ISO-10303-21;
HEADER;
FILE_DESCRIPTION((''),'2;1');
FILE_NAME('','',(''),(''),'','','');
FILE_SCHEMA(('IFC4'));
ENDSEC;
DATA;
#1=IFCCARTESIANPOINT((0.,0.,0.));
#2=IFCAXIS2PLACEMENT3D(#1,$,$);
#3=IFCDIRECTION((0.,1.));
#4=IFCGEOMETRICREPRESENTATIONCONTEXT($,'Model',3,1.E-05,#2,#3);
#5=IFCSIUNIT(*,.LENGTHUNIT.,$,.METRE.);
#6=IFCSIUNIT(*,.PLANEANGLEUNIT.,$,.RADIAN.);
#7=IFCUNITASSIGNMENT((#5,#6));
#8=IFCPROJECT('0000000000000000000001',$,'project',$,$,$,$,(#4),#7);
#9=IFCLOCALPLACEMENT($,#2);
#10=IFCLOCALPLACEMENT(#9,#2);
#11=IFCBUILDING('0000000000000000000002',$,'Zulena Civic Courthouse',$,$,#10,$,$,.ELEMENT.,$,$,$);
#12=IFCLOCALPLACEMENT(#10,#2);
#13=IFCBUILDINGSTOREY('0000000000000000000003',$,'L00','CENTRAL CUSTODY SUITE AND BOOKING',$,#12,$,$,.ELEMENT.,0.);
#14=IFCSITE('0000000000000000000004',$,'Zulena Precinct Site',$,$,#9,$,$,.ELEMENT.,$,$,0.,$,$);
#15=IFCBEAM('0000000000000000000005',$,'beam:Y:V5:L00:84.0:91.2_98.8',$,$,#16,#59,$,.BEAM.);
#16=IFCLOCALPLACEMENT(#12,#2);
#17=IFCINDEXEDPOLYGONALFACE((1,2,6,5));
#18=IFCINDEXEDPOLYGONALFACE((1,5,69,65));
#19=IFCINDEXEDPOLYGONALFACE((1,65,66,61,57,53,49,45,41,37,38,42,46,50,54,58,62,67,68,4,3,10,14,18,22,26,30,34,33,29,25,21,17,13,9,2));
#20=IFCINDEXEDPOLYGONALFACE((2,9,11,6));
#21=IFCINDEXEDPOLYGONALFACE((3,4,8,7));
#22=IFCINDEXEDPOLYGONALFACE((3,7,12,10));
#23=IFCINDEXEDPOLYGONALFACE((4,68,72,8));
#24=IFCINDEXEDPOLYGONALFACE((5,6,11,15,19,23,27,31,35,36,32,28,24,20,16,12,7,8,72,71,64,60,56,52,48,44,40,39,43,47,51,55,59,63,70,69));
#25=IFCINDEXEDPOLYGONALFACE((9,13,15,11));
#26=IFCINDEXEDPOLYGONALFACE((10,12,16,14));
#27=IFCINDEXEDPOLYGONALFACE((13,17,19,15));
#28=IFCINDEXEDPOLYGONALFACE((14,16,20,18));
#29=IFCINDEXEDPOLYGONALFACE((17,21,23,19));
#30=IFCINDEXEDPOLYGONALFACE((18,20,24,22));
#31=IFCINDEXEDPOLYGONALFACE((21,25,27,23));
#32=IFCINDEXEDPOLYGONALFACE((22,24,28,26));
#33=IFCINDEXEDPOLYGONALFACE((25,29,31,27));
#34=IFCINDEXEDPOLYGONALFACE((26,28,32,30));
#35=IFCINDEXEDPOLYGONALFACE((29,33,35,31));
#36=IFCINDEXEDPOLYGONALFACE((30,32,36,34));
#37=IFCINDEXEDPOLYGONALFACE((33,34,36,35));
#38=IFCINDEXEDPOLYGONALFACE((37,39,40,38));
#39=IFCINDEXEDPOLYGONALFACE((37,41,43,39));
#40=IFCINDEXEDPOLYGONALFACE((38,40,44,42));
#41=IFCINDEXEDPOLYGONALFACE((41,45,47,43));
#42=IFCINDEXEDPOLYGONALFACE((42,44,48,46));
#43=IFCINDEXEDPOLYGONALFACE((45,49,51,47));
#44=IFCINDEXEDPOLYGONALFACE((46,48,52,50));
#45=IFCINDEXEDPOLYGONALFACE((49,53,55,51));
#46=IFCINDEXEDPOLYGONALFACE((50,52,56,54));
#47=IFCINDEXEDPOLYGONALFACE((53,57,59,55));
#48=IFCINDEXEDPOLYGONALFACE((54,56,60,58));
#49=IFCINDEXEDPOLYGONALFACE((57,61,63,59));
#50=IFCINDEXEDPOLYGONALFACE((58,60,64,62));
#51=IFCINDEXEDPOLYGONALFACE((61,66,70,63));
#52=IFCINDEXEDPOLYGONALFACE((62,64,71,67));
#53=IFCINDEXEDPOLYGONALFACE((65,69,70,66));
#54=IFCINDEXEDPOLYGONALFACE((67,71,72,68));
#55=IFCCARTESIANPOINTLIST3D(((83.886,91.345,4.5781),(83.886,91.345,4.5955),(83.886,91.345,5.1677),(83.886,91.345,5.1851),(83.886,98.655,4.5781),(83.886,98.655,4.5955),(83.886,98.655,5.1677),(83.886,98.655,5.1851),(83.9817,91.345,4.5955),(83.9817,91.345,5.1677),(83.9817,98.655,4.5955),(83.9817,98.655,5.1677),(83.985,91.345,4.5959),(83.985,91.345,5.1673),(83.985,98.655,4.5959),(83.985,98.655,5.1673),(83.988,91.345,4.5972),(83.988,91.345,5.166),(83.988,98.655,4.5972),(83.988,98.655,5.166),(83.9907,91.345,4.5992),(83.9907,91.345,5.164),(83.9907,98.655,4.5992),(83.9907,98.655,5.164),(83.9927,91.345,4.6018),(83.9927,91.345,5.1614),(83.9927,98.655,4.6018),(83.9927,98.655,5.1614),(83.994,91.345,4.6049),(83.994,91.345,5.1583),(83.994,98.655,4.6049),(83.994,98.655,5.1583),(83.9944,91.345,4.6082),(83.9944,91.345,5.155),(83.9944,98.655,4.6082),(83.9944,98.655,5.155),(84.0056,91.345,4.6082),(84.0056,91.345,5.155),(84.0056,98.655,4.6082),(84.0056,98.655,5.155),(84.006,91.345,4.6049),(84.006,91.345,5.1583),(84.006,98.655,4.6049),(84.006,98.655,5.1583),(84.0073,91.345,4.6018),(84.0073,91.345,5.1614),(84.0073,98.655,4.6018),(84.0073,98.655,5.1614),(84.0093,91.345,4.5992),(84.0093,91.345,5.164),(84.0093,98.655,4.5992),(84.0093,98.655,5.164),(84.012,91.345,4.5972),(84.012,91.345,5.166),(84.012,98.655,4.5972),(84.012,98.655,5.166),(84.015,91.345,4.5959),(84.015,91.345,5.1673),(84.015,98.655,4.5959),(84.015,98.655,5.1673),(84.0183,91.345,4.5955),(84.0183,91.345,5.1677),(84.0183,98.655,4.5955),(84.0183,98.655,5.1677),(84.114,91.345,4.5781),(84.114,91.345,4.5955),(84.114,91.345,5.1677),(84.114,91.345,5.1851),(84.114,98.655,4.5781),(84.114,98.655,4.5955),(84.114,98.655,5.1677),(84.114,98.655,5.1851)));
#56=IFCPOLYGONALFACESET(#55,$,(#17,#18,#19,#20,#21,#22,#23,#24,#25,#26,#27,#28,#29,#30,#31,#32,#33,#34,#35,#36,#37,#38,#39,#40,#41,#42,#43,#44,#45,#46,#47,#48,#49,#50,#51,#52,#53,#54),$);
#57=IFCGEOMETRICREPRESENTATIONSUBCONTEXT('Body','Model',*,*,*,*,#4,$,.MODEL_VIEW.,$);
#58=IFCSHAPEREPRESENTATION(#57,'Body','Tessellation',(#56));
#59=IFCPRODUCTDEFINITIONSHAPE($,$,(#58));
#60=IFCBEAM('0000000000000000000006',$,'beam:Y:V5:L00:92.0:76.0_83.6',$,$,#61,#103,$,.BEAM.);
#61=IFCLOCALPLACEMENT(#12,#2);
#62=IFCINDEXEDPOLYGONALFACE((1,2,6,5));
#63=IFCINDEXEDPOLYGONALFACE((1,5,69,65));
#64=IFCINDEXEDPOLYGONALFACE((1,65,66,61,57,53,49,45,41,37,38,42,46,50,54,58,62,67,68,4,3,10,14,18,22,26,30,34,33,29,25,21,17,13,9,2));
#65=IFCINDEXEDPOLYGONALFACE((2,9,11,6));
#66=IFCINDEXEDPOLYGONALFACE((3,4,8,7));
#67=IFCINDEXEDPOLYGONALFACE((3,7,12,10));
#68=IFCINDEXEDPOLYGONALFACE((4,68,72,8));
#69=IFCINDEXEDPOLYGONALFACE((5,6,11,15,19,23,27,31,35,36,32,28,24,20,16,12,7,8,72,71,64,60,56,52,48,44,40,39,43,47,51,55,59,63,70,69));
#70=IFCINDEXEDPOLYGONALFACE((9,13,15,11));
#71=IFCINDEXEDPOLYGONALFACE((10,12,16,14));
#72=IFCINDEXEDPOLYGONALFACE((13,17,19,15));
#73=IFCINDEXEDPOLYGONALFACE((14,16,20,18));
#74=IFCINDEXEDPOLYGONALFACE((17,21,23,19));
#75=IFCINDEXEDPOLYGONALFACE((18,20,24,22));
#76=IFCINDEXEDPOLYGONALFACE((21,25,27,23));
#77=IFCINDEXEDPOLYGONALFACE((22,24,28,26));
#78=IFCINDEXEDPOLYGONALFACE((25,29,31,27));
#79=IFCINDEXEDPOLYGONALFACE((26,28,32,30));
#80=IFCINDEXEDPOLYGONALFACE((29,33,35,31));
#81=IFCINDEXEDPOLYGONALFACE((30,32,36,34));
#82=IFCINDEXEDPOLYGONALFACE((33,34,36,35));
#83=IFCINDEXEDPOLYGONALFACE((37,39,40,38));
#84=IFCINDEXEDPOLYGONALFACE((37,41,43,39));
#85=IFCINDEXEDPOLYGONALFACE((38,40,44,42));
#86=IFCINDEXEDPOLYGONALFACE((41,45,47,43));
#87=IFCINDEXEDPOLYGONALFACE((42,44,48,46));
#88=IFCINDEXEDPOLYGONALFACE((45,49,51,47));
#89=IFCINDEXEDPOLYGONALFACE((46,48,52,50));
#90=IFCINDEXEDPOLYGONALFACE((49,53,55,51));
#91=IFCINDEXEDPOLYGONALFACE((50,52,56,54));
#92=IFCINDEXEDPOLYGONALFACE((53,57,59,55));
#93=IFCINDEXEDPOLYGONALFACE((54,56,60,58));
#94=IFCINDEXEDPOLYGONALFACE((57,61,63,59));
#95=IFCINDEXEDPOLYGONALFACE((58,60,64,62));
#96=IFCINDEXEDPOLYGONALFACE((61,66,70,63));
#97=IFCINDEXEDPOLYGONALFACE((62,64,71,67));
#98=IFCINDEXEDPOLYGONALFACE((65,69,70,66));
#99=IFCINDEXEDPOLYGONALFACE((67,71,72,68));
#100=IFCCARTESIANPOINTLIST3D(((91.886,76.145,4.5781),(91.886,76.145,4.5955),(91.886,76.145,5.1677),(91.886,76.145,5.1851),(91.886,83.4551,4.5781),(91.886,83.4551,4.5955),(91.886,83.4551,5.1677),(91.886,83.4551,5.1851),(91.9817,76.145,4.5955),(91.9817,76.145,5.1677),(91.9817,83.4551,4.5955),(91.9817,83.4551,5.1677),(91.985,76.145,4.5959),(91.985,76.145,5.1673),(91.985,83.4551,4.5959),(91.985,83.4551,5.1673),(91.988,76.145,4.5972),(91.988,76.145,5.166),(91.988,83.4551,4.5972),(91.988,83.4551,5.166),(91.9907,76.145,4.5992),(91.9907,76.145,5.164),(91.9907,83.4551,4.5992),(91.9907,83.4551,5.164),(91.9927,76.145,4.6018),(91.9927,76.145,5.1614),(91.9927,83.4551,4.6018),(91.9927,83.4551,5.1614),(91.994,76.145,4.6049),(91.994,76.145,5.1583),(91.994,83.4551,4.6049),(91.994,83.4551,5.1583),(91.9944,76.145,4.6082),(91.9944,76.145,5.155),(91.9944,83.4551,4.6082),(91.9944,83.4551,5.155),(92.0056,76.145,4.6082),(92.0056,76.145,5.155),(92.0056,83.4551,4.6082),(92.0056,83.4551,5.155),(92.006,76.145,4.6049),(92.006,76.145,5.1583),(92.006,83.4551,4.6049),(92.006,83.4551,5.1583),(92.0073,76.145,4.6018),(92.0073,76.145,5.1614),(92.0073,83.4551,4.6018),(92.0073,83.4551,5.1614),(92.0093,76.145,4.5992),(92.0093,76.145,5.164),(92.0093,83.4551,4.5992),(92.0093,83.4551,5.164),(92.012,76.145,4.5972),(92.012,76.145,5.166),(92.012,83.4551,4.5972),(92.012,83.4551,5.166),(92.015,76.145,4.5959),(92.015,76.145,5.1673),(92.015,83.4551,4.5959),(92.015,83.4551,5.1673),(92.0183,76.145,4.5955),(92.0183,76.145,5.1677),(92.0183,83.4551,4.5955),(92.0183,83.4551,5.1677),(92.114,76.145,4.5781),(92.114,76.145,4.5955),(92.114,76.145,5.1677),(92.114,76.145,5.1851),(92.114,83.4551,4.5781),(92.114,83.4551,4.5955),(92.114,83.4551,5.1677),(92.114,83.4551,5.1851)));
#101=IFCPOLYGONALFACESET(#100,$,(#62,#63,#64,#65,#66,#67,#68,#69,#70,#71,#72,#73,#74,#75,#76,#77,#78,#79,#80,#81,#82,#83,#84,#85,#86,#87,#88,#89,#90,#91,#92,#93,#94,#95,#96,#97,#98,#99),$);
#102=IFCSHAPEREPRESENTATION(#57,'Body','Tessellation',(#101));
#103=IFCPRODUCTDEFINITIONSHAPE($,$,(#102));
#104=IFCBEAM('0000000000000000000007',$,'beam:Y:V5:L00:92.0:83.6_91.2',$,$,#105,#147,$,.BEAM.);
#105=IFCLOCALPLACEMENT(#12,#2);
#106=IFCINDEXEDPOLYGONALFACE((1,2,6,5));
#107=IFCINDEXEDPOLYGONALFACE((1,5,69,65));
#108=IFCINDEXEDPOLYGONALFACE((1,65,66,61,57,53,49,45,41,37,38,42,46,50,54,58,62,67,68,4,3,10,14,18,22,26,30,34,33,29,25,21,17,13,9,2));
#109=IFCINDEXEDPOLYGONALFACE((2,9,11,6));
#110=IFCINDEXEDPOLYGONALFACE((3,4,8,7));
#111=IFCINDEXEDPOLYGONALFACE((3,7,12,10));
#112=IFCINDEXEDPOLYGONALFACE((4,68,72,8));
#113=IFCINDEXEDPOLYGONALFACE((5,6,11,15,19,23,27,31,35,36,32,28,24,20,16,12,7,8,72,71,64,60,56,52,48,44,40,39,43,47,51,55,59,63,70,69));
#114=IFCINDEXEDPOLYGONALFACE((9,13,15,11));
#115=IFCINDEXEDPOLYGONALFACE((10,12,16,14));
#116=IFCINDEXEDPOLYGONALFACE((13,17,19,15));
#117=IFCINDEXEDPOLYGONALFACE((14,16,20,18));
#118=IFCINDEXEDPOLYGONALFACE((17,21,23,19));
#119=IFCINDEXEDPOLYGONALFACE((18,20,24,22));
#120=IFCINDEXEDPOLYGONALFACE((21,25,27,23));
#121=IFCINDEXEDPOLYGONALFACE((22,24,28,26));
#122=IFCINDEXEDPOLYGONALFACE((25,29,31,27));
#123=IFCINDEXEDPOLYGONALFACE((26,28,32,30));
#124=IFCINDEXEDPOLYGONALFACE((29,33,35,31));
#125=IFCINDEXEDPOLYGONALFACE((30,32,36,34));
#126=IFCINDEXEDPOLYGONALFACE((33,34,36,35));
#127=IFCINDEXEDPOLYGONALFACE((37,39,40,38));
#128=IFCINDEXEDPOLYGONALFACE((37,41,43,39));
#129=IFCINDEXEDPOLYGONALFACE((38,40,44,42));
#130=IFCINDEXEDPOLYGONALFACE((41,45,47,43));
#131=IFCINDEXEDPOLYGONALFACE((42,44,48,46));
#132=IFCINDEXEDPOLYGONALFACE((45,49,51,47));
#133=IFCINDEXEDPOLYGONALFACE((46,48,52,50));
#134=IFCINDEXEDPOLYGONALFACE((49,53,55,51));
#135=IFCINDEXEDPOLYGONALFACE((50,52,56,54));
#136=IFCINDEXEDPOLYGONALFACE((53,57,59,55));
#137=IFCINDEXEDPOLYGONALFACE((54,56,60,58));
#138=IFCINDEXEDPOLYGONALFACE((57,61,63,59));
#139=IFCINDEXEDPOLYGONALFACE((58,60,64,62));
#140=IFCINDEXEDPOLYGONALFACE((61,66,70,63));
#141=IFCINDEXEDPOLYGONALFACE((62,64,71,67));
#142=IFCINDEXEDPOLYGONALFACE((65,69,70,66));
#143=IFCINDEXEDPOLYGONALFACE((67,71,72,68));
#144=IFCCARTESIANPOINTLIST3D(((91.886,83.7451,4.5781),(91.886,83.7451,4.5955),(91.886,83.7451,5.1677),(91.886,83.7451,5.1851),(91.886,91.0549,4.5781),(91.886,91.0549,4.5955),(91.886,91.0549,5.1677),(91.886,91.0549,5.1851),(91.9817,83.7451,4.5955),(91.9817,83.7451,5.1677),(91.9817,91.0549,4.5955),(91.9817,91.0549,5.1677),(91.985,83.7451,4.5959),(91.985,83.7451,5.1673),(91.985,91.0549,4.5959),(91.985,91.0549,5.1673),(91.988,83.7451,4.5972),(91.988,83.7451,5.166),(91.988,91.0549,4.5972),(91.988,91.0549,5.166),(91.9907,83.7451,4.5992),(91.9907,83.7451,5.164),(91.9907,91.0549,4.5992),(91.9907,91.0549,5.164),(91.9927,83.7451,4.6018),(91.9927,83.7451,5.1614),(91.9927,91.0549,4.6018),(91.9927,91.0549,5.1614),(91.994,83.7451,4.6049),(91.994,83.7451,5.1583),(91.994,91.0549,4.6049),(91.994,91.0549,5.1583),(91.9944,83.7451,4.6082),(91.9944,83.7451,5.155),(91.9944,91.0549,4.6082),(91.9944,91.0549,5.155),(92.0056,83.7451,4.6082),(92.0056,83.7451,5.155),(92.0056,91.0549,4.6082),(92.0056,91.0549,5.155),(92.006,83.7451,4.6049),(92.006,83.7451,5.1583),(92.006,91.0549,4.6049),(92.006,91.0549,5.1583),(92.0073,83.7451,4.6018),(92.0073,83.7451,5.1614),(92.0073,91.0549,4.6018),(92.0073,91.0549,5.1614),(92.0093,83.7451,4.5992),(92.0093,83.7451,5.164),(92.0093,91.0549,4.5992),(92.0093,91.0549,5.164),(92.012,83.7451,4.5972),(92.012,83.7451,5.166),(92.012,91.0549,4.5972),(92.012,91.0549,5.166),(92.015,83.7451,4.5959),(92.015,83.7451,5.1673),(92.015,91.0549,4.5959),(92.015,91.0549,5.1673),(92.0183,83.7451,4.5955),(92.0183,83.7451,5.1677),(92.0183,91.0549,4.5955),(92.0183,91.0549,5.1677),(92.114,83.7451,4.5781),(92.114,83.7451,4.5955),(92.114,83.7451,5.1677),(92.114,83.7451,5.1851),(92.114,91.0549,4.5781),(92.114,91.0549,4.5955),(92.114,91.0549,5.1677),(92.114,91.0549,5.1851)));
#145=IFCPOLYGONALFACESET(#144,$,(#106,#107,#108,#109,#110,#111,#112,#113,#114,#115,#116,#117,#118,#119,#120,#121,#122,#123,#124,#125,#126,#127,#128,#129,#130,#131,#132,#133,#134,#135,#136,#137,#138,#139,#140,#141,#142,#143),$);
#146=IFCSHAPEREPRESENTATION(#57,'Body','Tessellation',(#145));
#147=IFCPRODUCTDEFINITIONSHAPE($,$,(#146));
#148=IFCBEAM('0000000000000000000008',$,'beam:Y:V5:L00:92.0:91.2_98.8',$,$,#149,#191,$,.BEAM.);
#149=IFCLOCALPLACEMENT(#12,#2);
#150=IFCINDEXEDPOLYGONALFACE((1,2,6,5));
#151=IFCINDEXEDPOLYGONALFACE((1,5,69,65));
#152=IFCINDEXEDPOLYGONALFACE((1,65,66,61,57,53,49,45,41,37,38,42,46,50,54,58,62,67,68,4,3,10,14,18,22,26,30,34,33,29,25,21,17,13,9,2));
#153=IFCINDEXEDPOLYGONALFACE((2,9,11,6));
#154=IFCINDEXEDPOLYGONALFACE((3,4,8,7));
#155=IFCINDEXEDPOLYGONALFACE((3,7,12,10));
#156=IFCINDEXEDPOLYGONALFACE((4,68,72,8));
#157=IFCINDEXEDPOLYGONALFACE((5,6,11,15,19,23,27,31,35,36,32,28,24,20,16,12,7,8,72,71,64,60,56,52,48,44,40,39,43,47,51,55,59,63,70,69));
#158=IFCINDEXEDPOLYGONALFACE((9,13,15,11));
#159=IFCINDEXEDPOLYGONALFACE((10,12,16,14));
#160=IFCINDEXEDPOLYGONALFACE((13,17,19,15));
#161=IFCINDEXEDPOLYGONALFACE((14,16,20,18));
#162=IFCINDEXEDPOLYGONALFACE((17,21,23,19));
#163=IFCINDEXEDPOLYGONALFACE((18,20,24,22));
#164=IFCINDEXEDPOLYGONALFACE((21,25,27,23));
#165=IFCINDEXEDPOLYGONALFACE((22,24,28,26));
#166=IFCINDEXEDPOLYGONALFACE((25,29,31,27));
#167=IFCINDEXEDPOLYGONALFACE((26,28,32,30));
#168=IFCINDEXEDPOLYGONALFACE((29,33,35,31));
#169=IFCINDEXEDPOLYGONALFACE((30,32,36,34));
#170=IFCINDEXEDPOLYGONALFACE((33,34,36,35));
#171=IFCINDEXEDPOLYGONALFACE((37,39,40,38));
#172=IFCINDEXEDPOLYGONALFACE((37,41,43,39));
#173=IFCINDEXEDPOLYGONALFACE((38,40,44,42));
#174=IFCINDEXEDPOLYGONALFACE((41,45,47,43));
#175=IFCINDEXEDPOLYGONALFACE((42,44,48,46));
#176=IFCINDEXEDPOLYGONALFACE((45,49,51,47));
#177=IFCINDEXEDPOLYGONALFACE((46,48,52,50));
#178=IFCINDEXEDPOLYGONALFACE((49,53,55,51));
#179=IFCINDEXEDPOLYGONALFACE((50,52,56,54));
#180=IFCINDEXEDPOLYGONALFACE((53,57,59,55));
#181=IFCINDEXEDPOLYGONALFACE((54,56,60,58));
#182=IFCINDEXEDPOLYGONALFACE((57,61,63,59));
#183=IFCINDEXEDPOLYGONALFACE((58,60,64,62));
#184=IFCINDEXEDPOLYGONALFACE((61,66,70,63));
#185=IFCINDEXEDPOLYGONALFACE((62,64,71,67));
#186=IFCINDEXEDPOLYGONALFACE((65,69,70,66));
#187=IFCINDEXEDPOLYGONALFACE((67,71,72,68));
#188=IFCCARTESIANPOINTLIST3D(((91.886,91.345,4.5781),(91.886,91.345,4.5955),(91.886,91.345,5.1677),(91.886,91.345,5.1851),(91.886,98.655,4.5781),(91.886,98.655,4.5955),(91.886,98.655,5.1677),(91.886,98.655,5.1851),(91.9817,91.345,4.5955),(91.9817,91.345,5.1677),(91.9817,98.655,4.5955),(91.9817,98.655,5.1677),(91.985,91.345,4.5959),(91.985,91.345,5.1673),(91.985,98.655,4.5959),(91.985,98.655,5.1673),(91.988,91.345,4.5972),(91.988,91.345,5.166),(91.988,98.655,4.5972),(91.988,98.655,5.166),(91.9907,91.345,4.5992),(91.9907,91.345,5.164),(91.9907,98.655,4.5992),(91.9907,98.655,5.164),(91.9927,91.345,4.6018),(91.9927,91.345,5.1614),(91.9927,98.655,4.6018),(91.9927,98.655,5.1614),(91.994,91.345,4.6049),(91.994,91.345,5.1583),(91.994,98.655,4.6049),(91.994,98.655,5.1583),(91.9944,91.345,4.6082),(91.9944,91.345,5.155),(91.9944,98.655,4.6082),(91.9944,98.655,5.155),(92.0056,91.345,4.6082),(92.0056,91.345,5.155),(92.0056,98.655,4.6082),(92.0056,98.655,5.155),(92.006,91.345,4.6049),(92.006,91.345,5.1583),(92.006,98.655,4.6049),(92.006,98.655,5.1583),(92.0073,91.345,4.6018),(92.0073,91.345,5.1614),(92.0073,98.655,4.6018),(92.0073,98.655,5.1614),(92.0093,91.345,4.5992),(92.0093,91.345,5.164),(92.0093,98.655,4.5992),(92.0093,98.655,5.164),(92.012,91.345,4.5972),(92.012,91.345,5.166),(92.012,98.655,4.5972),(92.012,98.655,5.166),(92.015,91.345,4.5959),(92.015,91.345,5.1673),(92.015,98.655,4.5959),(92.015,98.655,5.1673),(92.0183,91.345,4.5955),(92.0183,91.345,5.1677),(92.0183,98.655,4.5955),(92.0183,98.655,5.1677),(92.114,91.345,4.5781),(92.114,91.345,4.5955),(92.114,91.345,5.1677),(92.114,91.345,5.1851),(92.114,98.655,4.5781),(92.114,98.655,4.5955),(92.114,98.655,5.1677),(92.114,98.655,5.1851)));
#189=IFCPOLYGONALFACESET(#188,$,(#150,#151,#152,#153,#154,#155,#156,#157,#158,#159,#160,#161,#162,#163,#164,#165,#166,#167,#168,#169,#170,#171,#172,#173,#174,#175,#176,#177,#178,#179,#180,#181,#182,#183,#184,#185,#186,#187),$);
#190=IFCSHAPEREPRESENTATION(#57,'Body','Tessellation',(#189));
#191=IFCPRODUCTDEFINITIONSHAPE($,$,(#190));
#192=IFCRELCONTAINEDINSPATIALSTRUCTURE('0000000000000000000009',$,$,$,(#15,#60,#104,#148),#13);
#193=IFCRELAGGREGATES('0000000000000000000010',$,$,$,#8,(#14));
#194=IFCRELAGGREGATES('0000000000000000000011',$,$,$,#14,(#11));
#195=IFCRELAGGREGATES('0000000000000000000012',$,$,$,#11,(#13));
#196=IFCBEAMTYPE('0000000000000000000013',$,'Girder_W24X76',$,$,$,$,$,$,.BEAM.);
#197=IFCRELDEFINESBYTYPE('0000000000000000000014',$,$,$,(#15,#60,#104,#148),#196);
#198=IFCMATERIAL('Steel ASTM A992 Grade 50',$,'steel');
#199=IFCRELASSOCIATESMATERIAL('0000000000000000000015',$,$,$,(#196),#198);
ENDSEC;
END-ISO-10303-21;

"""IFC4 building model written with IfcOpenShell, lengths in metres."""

from ifc_helpers import new_model, si_unit, direction, frame, origin, origin_2d, place, context, subcontext, project, spatial, i_section, extrude, material, material_profile, profile_set, type_object, element, save


model = new_model("IFC4")

# Units and contexts
model_context = context("Model", 3, precision=1e-05, world=origin(), true_north=direction((0.0, 1.0)))
body_context = subcontext(model_context, "Body", "Model", "MODEL_VIEW")
ifc_project = project(units=[si_unit("LENGTHUNIT", "METRE"), si_unit("PLANEANGLEUNIT", "RADIAN")], contexts=[model_context])

# Site, building, storey
site_placement = place(None, origin())
site = spatial("IfcSite", under=ifc_project, at=site_placement, Name="Zulena Precinct Site", CompositionType="ELEMENT", RefElevation=0.0)
building_placement = place(site_placement, origin())
building = spatial("IfcBuilding", under=site, at=building_placement, Name="Zulena Civic Courthouse", CompositionType="ELEMENT")
storey_placement = place(building_placement, origin())
storey = spatial("IfcBuildingStorey", under=building, at=storey_placement, Name="L00", Description="CENTRAL CUSTODY SUITE AND BOOKING", CompositionType="ELEMENT", Elevation=0.0)

# Shared definitions
ifc_material_1 = material(Name="Steel ASTM A992 Grade 50", Category="steel")

# Beams
ifc_material_profile_1 = material_profile(ifc_material_1, i_section(OverallWidth=0.228, OverallDepth=0.6069, WebThickness=0.0112, FlangeThickness=0.0173, FilletRadius=0.0127, at=origin_2d()), Name="W24X76")
ifc_profile_set_1 = profile_set([ifc_material_profile_1], Name="Steel ASTM A992 Grade 50")
beam_type_1 = type_object("IfcBeamType", Name="Girder_W24X76", PredefinedType="BEAM", material=ifc_profile_set_1)
for number, where, z_axis, x_axis, name in (
    (1, (84.0, 91.345, 4.8816), (0.0, 1.0, 0.0), (-1.0, 0.0, 0.0), "beam:Y:V5:L00:84.0:91.2_98.8"),
    (2, (92.0, 76.145, 4.8816), (0.0, 1.0, 0.0), (-1.0, 0.0, 0.0), "beam:Y:V5:L00:92.0:76.0_83.6"),
):
    element("IfcBeam", number, at=place(storey_placement, frame(where, z_axis=z_axis, x_axis=x_axis)), inside=storey, type_object=beam_type_1, Name=name, PredefinedType="BEAM", context=body_context, shape_type="SweptSolid", body=[
        extrude(i_section(OverallWidth=0.228, OverallDepth=0.6069, WebThickness=0.0112, FlangeThickness=0.0173, FilletRadius=0.0127, at=origin_2d()), origin(), (0.0, 0.0, 1.0), 7.3101),
    ])
beam_1_placement = place(storey_placement, frame((92.0, 83.7451, 4.8816), z_axis=(0.0, 1.0, 0.0), x_axis=(-1.0, 0.0, 0.0)))
element("IfcBeam", 3, at=beam_1_placement, inside=storey, type_object=beam_type_1, Name="beam:Y:V5:L00:92.0:83.6_91.2", PredefinedType="BEAM", context=body_context, shape_type="SweptSolid", body=[
    extrude(i_section(OverallWidth=0.228, OverallDepth=0.6069, WebThickness=0.0112, FlangeThickness=0.0173, FilletRadius=0.0127, at=origin_2d()), origin(), (0.0, 0.0, 1.0), 7.3098),
])
beam_2_placement = place(storey_placement, frame((92.0, 91.345, 4.8816), z_axis=(0.0, 1.0, 0.0), x_axis=(-1.0, 0.0, 0.0)))
element("IfcBeam", 4, at=beam_2_placement, inside=storey, type_object=beam_type_1, Name="beam:Y:V5:L00:92.0:91.2_98.8", PredefinedType="BEAM", context=body_context, shape_type="SweptSolid", body=[
    extrude(i_section(OverallWidth=0.228, OverallDepth=0.6069, WebThickness=0.0112, FlangeThickness=0.0173, FilletRadius=0.0127, at=origin_2d()), origin(), (0.0, 0.0, 1.0), 7.3101),
])

save(model, "model.ifc")
